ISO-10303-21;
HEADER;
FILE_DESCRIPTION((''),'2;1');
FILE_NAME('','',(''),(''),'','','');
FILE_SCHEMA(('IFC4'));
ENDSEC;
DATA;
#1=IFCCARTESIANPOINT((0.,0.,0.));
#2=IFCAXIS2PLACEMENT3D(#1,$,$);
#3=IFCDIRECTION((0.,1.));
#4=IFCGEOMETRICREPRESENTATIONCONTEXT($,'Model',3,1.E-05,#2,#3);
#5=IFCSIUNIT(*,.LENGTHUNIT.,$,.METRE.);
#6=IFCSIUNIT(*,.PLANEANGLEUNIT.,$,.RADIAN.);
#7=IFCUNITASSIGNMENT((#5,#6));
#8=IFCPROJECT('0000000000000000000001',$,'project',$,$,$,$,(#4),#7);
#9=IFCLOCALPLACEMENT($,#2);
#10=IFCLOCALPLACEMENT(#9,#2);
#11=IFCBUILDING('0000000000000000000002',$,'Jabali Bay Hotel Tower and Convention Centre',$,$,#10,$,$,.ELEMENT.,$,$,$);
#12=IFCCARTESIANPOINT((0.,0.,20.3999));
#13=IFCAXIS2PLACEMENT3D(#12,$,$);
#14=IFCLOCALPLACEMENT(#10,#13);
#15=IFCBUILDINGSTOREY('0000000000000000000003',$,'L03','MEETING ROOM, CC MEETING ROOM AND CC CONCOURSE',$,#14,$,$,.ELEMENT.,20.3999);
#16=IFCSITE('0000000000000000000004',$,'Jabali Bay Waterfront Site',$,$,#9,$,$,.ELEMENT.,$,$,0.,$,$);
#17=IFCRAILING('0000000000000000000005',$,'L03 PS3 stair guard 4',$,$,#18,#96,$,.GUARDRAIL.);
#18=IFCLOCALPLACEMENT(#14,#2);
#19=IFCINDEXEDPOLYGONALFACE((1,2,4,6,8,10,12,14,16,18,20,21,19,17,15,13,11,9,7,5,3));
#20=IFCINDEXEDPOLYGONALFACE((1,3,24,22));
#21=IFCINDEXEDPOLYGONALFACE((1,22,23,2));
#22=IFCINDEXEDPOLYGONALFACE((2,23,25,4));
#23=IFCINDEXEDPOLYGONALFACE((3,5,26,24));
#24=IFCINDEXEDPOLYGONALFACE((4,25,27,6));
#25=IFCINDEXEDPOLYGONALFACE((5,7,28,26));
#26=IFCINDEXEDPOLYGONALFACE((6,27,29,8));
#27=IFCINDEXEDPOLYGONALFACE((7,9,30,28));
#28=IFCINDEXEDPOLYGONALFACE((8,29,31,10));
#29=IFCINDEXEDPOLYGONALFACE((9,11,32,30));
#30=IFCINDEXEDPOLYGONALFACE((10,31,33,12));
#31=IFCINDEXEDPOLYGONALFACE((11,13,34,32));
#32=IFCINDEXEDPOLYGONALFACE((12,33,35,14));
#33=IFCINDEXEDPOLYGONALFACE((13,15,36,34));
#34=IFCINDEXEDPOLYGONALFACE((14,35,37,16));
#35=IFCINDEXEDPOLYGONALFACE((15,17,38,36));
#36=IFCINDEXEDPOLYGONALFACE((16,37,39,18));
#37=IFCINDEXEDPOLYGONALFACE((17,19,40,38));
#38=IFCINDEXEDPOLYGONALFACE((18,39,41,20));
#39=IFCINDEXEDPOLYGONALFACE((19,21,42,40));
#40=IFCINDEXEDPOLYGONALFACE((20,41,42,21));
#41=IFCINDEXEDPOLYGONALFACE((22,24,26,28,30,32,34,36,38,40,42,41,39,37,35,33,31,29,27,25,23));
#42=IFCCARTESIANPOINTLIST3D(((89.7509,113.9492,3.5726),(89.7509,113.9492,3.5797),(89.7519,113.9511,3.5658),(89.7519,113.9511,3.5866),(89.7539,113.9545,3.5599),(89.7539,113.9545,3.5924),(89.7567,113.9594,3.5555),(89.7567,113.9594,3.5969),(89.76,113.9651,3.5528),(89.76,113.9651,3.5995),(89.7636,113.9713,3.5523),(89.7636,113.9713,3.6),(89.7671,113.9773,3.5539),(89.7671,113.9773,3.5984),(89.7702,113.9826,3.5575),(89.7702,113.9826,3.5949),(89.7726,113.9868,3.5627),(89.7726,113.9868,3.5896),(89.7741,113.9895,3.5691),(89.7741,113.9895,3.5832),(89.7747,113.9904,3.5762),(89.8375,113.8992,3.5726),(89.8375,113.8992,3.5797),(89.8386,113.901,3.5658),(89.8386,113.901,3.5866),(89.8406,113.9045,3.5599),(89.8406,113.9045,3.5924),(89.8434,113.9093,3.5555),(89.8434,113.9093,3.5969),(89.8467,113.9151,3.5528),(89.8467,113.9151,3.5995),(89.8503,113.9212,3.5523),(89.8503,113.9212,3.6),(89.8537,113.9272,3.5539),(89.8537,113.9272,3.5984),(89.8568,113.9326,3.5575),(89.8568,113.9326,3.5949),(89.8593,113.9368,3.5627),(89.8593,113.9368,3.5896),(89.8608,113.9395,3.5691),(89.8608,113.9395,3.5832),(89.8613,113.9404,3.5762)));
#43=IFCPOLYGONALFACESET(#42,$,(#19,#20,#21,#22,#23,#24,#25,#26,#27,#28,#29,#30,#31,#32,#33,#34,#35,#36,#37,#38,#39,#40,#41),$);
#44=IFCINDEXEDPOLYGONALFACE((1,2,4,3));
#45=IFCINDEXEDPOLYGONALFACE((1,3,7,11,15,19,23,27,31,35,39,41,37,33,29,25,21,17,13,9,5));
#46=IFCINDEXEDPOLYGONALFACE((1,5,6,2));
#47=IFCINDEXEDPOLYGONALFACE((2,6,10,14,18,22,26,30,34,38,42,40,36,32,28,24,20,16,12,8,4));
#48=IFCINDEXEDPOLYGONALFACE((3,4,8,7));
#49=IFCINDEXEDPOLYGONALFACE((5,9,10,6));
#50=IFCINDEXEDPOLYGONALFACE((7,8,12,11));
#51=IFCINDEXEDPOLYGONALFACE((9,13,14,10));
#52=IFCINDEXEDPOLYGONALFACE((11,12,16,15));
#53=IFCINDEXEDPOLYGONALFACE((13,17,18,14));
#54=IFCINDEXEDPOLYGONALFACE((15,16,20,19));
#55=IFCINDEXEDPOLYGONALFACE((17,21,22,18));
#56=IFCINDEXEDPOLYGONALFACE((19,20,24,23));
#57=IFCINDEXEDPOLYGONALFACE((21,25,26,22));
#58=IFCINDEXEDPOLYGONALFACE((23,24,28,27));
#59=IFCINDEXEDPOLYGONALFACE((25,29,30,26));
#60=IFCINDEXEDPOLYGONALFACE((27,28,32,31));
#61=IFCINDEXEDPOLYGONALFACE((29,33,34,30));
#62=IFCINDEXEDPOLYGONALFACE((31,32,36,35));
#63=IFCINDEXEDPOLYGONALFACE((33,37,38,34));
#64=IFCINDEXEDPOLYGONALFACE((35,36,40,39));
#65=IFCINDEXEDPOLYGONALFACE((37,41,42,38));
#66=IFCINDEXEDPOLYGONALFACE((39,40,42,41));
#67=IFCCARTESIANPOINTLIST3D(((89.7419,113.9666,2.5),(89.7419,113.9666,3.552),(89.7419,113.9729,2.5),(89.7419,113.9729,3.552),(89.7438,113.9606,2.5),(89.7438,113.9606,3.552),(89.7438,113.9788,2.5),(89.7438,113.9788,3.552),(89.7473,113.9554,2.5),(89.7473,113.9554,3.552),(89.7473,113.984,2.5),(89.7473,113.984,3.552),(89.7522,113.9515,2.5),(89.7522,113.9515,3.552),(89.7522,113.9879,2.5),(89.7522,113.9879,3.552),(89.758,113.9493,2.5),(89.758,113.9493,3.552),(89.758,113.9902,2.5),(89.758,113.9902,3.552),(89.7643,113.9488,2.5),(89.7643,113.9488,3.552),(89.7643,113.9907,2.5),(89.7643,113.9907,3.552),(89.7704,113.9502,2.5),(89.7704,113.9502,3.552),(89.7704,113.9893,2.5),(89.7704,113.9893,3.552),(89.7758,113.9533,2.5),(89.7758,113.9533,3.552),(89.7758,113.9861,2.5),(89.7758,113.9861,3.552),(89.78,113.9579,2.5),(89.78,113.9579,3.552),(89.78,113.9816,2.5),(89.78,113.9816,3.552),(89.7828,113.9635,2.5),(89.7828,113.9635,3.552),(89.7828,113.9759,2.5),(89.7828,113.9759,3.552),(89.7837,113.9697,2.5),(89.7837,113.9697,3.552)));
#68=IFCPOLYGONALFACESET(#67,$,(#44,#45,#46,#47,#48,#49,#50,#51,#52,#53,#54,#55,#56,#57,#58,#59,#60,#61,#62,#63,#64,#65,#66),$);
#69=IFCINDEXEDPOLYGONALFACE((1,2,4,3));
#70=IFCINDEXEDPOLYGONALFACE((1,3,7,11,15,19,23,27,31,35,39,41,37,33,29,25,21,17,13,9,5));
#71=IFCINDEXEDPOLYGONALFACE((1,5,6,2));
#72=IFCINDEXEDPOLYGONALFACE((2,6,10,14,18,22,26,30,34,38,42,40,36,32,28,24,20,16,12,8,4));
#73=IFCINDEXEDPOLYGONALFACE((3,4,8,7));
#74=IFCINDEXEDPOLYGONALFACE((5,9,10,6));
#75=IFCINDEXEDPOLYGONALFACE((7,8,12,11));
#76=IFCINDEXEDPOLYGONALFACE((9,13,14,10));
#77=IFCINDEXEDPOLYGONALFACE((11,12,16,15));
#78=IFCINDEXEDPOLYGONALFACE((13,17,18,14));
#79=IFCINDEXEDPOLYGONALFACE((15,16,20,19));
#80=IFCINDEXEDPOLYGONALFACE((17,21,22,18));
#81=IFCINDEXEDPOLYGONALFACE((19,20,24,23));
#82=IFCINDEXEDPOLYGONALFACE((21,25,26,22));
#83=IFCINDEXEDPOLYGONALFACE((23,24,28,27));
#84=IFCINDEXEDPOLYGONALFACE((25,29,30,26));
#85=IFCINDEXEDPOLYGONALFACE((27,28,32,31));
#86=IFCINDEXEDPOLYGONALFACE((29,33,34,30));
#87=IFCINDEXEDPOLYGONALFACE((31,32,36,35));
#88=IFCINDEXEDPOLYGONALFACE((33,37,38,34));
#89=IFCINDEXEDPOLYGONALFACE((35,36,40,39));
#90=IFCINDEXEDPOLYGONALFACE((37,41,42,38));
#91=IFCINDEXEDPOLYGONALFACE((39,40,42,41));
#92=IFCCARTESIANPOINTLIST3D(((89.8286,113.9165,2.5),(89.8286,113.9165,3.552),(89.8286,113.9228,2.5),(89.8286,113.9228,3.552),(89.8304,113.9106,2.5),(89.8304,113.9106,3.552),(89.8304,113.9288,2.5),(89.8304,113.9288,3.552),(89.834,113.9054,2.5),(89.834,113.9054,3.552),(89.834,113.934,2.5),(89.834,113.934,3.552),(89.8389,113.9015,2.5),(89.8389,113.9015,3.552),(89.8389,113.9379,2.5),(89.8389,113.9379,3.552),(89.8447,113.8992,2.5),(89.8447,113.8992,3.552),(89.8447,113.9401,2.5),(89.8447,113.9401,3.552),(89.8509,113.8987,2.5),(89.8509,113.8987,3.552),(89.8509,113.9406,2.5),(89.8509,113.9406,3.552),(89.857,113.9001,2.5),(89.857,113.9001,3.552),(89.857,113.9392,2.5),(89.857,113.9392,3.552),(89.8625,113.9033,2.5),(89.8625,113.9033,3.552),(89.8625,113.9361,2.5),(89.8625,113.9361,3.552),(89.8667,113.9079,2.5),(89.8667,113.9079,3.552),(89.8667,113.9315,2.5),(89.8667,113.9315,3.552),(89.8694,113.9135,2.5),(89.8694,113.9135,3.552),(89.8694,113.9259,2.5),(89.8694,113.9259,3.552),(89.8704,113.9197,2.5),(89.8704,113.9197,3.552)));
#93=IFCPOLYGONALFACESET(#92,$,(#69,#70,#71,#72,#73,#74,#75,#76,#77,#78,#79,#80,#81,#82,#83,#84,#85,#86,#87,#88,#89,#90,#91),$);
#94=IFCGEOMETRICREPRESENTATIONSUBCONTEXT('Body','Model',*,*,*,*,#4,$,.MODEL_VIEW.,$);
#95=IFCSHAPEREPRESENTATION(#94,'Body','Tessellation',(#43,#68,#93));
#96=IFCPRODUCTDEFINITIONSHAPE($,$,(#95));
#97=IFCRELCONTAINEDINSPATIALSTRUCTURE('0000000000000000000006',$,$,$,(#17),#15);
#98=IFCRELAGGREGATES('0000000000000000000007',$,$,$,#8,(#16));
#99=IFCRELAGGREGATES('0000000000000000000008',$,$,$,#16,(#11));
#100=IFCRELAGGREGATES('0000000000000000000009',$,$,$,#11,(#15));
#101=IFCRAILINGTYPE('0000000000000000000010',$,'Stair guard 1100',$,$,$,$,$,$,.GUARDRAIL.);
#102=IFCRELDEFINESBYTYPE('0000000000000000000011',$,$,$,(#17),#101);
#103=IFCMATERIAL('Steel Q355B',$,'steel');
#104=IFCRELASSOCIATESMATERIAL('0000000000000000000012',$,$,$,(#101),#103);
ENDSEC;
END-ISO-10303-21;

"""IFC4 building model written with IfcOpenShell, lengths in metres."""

from ifc_helpers import new_model, si_unit, direction, frame, origin, origin_2d, place, context, subcontext, project, spatial, circle, extrude, material, type_object, element, save


model = new_model("IFC4")

# Units and contexts
model_context = context("Model", 3, precision=1e-05, world=origin(), true_north=direction((0.0, 1.0)))
body_context = subcontext(model_context, "Body", "Model", "MODEL_VIEW")
ifc_project = project(units=[si_unit("LENGTHUNIT", "METRE"), si_unit("PLANEANGLEUNIT", "RADIAN")], contexts=[model_context])

# Site, building, storey
site_placement = place(None, origin())
site = spatial("IfcSite", under=ifc_project, at=site_placement, Name="Jabali Bay Waterfront Site", CompositionType="ELEMENT", RefElevation=0.0)
building_placement = place(site_placement, origin())
building = spatial("IfcBuilding", under=site, at=building_placement, Name="Jabali Bay Hotel Tower and Convention Centre", CompositionType="ELEMENT")
storey_placement = place(building_placement, frame((0.0, 0.0, 20.3999)))
storey = spatial("IfcBuildingStorey", under=building, at=storey_placement, Name="L03", Description="MEETING ROOM, CC MEETING ROOM AND CC CONCOURSE", CompositionType="ELEMENT", Elevation=20.3999)

# Railing
ifc_material_1 = material(Name="Steel Q355B", Category="steel")
railing_type_1 = type_object("IfcRailingType", Name="Stair guard 1100", PredefinedType="GUARDRAIL", material=ifc_material_1)
railing_1_placement = place(storey_placement, frame((89.7627, 113.9697, 2.5)))
element("IfcRailing", 1, at=railing_1_placement, inside=storey, type_object=railing_type_1, Name="L03 PS3 stair guard 4", PredefinedType="GUARDRAIL", context=body_context, shape_type="SweptSolid", body=[
    extrude(circle(Radius=0.0239, at=origin_2d()), frame((0.0, 0.0, 1.0762), z_axis=(0.865982, -0.500074, 0.0), x_axis=(0.500074, 0.865982, 0.0)), (0.0, 0.0, 1.0), 0.1001),
    extrude(circle(Radius=0.021, at=origin_2d()), origin(), (0.0, 0.0, 1.0), 1.052),
    extrude(circle(Radius=0.021, at=origin_2d()), frame((0.0867, -0.05, 0.0)), (0.0, 0.0, 1.0), 1.052),
])

save(model, "model.ifc")
